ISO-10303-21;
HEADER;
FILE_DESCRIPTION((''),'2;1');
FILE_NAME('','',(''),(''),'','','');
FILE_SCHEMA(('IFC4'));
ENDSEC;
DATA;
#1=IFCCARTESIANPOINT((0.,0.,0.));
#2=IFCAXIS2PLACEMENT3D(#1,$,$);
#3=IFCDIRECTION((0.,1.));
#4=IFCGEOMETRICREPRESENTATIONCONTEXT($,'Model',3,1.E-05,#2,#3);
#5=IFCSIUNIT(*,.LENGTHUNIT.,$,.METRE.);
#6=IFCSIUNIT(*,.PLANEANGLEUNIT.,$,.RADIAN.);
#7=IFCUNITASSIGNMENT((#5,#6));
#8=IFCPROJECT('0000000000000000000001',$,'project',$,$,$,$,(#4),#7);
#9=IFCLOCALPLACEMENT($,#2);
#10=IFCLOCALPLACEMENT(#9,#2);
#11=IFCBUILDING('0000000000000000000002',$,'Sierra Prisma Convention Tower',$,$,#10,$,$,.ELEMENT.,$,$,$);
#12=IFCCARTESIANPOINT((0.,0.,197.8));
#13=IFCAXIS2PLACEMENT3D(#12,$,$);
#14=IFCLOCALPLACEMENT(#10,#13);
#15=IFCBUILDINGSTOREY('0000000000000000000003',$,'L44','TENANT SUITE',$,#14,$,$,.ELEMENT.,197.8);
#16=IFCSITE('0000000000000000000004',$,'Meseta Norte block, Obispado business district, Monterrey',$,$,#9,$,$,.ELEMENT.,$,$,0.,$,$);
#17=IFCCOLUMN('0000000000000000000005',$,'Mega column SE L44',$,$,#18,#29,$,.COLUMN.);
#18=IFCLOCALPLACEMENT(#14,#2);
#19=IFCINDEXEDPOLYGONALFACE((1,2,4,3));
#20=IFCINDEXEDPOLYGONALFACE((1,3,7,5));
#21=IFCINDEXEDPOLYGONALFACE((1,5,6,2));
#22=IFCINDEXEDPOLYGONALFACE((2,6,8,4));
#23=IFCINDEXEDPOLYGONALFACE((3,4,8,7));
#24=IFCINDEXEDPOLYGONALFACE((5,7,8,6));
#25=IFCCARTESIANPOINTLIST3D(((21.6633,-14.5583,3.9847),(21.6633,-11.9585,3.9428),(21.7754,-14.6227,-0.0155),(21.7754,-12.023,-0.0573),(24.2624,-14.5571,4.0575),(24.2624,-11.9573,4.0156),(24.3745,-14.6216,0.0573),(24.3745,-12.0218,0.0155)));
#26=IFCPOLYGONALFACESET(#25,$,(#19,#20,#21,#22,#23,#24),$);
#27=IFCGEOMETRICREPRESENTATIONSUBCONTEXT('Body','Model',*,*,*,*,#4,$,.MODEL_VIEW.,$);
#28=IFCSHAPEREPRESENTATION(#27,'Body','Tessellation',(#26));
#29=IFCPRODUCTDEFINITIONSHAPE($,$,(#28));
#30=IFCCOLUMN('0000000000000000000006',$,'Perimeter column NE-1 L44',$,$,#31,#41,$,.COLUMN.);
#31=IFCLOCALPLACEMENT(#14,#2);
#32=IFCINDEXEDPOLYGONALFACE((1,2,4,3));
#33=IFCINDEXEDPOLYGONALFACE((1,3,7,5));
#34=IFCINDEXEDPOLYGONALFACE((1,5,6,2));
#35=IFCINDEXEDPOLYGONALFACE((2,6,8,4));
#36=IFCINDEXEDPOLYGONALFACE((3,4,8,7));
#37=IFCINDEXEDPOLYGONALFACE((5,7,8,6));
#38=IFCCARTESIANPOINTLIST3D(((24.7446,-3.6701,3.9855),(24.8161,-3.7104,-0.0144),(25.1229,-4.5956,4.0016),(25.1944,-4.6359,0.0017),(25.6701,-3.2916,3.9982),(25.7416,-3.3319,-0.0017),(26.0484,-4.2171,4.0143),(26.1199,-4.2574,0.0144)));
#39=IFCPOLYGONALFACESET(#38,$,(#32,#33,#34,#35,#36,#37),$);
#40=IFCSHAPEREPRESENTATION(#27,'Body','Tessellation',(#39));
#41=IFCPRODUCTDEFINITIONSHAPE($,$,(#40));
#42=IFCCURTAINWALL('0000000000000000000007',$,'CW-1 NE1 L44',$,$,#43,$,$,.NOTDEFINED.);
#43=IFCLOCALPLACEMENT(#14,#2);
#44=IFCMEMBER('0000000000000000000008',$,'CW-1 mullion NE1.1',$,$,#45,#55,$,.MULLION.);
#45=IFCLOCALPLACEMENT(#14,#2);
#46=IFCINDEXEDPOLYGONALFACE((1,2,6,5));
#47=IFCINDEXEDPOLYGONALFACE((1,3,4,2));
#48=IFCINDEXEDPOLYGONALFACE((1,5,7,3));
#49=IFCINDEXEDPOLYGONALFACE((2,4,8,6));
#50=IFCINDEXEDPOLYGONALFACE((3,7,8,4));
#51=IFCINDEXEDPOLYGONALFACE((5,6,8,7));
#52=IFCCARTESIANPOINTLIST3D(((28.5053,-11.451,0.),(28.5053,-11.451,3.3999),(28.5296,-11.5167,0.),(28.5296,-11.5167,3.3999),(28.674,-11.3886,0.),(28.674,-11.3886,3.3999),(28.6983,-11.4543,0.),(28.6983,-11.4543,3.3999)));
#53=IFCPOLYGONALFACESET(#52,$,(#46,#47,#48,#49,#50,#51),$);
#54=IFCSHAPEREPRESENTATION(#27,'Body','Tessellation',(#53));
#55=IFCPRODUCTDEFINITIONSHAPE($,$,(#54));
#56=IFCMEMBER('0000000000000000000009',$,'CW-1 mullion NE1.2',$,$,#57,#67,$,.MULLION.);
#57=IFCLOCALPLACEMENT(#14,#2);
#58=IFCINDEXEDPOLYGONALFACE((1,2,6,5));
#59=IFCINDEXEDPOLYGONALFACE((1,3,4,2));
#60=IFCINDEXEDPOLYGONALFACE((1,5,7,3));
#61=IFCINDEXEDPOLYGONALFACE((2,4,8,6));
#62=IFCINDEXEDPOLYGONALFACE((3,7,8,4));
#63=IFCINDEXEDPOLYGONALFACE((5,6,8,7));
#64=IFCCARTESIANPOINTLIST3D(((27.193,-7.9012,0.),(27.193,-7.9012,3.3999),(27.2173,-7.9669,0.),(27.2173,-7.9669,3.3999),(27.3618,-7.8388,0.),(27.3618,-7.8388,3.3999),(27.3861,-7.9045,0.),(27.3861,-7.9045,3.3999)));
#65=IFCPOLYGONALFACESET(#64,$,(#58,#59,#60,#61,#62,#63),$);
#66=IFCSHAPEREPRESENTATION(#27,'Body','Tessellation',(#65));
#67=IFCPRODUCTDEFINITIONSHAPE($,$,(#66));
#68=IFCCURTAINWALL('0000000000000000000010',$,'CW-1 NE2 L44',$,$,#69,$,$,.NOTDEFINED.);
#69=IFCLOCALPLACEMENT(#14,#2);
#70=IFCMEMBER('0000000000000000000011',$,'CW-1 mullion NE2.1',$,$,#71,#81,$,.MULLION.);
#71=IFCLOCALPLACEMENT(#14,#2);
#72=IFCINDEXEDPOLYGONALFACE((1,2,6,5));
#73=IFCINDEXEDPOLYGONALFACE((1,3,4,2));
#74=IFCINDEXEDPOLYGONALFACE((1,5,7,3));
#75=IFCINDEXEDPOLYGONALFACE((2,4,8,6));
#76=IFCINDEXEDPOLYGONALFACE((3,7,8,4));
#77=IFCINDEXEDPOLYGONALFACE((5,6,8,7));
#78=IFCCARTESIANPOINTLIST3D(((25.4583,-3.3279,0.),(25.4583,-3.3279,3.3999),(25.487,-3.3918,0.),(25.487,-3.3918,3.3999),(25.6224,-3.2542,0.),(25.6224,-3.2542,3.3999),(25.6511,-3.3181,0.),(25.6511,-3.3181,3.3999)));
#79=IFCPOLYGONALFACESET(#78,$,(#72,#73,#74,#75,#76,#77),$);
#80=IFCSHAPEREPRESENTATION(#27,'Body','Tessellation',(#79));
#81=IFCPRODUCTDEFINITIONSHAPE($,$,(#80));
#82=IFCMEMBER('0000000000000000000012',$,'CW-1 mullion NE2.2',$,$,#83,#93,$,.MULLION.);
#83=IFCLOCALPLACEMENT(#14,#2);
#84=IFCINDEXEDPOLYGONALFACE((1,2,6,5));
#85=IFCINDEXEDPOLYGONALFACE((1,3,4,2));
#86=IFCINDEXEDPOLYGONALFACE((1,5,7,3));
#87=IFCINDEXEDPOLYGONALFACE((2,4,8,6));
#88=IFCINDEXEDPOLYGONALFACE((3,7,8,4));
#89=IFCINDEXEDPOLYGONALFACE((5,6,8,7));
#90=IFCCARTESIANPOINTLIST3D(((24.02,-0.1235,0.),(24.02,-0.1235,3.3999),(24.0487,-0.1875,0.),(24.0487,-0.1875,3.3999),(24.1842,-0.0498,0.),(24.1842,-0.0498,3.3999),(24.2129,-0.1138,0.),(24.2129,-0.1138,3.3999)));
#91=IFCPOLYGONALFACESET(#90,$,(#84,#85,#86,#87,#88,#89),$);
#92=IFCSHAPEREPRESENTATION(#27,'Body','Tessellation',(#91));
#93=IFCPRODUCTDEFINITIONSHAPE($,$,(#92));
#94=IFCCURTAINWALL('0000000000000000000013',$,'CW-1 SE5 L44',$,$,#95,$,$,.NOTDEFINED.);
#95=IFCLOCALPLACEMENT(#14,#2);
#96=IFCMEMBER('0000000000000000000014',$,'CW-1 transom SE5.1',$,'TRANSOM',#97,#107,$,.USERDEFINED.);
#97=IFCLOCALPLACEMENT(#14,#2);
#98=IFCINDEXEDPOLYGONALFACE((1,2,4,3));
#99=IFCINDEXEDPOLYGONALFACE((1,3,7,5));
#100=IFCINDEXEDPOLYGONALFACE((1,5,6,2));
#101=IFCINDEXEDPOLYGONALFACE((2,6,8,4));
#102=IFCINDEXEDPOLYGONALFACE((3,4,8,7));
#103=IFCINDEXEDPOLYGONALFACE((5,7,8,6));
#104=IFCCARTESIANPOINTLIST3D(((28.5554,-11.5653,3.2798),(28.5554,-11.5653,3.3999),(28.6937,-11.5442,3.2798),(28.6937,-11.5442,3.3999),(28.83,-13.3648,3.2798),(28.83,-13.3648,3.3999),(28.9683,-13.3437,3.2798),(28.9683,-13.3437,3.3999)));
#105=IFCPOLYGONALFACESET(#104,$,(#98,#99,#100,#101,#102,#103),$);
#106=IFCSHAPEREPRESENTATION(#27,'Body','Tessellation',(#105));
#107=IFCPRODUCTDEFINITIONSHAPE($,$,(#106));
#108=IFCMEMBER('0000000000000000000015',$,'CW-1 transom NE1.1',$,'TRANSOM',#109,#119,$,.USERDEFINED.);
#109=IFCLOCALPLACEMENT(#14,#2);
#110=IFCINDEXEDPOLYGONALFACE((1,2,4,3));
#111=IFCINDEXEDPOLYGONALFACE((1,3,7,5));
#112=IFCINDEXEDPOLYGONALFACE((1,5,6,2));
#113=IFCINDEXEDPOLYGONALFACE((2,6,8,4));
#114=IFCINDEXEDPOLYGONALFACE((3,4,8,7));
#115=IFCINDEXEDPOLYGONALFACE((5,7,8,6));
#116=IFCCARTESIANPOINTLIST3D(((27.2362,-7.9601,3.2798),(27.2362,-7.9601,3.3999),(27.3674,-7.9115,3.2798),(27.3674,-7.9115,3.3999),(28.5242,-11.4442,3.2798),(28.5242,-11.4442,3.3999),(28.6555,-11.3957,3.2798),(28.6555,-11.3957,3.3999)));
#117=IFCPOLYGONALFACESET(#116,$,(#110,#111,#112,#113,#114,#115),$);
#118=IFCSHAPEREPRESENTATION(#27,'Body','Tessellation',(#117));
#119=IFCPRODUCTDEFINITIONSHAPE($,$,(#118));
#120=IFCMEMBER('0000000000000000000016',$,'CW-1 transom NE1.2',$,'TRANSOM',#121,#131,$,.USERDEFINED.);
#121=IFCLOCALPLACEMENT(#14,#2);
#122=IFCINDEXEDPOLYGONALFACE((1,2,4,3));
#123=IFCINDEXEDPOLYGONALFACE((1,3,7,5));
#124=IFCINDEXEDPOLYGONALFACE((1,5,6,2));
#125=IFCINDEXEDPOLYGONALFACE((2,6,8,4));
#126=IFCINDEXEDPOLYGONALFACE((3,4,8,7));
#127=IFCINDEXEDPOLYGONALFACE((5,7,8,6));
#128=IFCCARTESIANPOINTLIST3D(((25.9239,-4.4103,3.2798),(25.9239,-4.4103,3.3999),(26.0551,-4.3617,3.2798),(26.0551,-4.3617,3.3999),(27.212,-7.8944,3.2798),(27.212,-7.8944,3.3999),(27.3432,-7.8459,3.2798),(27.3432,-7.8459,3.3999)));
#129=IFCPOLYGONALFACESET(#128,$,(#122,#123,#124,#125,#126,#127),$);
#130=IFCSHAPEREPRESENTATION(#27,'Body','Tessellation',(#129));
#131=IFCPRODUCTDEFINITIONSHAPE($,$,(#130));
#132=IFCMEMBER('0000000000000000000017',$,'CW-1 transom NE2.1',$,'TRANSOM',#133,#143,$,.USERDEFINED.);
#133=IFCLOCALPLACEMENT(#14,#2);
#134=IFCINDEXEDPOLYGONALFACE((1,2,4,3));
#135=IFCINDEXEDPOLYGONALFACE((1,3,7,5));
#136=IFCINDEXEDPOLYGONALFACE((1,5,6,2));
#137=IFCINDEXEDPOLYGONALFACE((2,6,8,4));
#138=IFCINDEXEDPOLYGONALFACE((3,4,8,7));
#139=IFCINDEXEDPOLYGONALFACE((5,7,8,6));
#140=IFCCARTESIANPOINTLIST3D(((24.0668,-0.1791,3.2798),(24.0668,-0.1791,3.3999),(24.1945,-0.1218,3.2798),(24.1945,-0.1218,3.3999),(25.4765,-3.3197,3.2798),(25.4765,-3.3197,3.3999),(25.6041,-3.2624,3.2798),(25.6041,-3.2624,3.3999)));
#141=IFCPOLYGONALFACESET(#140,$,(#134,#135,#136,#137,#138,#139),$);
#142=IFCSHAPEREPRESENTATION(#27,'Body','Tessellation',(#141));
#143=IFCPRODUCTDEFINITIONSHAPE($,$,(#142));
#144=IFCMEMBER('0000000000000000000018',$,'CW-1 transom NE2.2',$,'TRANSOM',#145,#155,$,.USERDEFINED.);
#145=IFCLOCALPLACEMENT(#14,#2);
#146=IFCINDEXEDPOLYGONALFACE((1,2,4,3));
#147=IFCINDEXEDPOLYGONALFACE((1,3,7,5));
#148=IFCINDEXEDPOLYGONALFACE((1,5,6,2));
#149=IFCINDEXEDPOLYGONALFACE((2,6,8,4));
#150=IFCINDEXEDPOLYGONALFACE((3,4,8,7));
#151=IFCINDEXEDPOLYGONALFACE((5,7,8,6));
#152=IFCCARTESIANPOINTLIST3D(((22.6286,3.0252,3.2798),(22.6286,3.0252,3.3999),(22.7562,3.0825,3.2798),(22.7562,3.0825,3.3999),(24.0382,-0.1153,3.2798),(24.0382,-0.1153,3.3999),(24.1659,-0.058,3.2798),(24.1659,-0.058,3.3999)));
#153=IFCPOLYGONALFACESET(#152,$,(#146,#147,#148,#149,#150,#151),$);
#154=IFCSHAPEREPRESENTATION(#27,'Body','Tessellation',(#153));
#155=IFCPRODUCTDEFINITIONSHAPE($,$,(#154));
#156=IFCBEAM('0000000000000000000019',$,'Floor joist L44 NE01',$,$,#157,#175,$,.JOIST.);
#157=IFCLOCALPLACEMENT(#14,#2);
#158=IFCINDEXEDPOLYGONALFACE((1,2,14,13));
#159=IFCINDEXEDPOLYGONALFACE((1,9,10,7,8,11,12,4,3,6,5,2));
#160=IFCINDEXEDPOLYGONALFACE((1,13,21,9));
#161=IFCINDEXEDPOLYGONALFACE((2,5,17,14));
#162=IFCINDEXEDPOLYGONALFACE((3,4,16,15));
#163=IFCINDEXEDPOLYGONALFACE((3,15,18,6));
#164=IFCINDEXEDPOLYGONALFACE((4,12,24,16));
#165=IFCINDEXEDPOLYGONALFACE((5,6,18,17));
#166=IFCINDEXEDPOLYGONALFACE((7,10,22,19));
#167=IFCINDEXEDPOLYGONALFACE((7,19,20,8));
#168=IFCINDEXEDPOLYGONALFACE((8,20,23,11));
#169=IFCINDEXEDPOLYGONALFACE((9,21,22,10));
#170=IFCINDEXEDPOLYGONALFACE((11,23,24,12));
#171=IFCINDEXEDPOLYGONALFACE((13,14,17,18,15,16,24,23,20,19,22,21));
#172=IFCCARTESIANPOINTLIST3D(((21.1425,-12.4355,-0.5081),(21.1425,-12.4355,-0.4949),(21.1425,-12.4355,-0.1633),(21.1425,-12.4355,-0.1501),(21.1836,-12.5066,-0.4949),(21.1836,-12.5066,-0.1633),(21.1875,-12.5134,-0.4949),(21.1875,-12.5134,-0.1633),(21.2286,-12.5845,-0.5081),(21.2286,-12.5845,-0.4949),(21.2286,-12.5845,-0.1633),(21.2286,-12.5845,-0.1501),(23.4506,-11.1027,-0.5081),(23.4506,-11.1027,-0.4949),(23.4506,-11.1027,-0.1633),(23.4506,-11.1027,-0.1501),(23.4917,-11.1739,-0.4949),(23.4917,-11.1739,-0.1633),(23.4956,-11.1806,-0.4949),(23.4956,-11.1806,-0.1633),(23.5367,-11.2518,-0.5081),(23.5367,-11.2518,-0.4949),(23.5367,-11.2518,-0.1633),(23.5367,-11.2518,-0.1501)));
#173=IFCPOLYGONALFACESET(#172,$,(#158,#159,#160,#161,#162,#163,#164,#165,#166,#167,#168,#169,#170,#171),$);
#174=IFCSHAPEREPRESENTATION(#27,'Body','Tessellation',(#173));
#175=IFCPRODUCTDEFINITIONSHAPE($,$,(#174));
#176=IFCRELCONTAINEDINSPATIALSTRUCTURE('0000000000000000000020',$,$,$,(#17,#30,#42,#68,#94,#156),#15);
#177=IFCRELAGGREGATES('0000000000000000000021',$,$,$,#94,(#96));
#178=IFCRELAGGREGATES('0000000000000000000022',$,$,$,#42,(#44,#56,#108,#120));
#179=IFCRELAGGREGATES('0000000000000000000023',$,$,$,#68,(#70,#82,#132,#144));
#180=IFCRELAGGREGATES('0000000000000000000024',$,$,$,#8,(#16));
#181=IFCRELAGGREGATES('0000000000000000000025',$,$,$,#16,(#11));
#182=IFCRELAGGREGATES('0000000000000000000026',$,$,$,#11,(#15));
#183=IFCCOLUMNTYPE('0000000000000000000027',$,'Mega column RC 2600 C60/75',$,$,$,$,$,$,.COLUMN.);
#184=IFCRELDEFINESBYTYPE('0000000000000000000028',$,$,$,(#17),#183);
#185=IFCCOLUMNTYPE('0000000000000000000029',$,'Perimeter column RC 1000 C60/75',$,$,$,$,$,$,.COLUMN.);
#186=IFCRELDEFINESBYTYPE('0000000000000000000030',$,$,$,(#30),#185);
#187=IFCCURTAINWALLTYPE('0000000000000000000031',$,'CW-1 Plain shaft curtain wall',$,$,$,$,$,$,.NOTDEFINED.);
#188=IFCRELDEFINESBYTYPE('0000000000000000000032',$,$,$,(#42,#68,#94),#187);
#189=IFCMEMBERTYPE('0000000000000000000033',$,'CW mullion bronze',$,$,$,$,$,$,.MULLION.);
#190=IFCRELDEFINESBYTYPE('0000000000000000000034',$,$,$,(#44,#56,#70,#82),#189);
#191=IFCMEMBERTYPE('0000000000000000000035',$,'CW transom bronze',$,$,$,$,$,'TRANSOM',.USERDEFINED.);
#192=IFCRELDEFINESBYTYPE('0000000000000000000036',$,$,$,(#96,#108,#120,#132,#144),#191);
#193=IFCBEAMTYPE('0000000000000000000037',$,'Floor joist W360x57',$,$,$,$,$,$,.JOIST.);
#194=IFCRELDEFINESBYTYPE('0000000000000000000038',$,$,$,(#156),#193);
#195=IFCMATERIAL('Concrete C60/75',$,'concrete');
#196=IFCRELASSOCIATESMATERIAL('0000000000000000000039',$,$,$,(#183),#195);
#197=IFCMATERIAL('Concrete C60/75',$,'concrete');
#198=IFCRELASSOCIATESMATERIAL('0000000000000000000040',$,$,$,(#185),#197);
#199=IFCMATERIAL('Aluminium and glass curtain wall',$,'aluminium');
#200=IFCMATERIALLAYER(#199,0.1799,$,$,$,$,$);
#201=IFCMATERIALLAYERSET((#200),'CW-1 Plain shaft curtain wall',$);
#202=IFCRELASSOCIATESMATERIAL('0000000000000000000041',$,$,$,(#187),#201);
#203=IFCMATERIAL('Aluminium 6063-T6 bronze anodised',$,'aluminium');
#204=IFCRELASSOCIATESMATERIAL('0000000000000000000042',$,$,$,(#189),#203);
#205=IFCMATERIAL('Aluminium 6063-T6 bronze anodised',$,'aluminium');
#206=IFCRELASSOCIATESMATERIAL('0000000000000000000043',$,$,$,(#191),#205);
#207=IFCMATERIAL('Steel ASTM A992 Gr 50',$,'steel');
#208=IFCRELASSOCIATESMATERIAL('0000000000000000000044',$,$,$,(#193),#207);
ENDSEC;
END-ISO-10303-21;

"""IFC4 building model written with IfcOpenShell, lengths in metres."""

from ifc_helpers import new_model, si_unit, direction, frame, origin, origin_2d, place, context, subcontext, project, spatial, rectangle, i_section, extrude, material, layer, layer_set, material_profile, profile_set, type_object, element, aggregate, save


model = new_model("IFC4")

# Units and contexts
model_context = context("Model", 3, precision=1e-05, world=origin(), true_north=direction((0.0, 1.0)))
body_context = subcontext(model_context, "Body", "Model", "MODEL_VIEW")
ifc_project = project(units=[si_unit("LENGTHUNIT", "METRE"), si_unit("PLANEANGLEUNIT", "RADIAN")], contexts=[model_context])

# Site, building, storey
site_placement = place(None, origin())
site = spatial("IfcSite", under=ifc_project, at=site_placement, Name="Meseta Norte block, Obispado business district, Monterrey", CompositionType="ELEMENT", RefElevation=0.0)
building_placement = place(site_placement, origin())
building = spatial("IfcBuilding", under=site, at=building_placement, Name="Sierra Prisma Convention Tower", CompositionType="ELEMENT")
storey_placement = place(building_placement, frame((0.0, 0.0, 197.8)))
storey = spatial("IfcBuildingStorey", under=building, at=storey_placement, Name="L44", Description="TENANT SUITE", CompositionType="ELEMENT", Elevation=197.8)

# Columns
ifc_material_1 = material(Name="Concrete C60/75", Category="concrete")
ifc_material_profile_1 = material_profile(ifc_material_1, rectangle(XDim=2.6001, YDim=2.6001, at=origin_2d()), Name="Mega column RC 2600 C60/75")
ifc_profile_set_1 = profile_set([ifc_material_profile_1], Name="Concrete C60/75")
column_type_1 = type_object("IfcColumnType", Name="Mega column RC 2600 C60/75", PredefinedType="COLUMN", material=ifc_profile_set_1)
column_1_placement = place(storey_placement, frame((23.075, -13.3223, 0.0), z_axis=(-0.028001, 0.016105, 0.999478), x_axis=(0.999608, 0.000451, 0.027997)))
element("IfcColumn", 1, at=column_1_placement, inside=storey, type_object=column_type_1, Name="Mega column SE L44", PredefinedType="COLUMN", context=body_context, shape_type="SweptSolid", body=[
    extrude(rectangle(XDim=2.6001, YDim=2.6001, at=origin_2d()), origin(), (0.0, 0.0, 1.0), 4.0022),
])
ifc_material_2 = material(Name="Concrete C60/75", Category="concrete")
ifc_material_profile_2 = material_profile(ifc_material_2, rectangle(XDim=1.0, YDim=1.0, at=origin_2d()), Name="Perimeter column RC 1000 C60/75")
ifc_profile_set_2 = profile_set([ifc_material_profile_2], Name="Concrete C60/75")
column_type_2 = type_object("IfcColumnType", Name="Perimeter column RC 1000 C60/75", PredefinedType="COLUMN", material=ifc_profile_set_2)
column_2_placement = place(storey_placement, frame((25.468, -3.9839, 0.0), z_axis=(-0.01788, 0.010069, 0.999789), x_axis=(-0.378278, 0.925552, -0.016086)))
element("IfcColumn", 2, at=column_2_placement, inside=storey, type_object=column_type_2, Name="Perimeter column NE-1 L44", PredefinedType="COLUMN", context=body_context, shape_type="SweptSolid", body=[
    extrude(rectangle(XDim=1.0, YDim=1.0, at=origin_2d()), origin(), (0.0, 0.0, 1.0), 4.0007),
])

# Curtain walls, members
ifc_material_3 = material(Name="Aluminium and glass curtain wall", Category="aluminium")
ifc_layer_1 = layer(ifc_material_3, 0.1799)
ifc_layer_set_1 = layer_set([ifc_layer_1], Name="CW-1 Plain shaft curtain wall")
curtain_wall_type = type_object("IfcCurtainWallType", Name="CW-1 Plain shaft curtain wall", PredefinedType="NOTDEFINED", material=ifc_layer_set_1)
curtain_wall_1_placement = place(storey_placement, origin())
curtain_wall_1 = element("IfcCurtainWall", 3, at=curtain_wall_1_placement, inside=storey, type_object=curtain_wall_type, Name="CW-1 NE1 L44", PredefinedType="NOTDEFINED")
ifc_material_4 = material(Name="Aluminium 6063-T6 bronze anodised", Category="aluminium")
ifc_material_profile_3 = material_profile(ifc_material_4, rectangle(XDim=0.1799, YDim=0.0701, at=origin_2d()), Name="ALU MULLION 70x180")
ifc_profile_set_3 = profile_set([ifc_material_profile_3], Name="Aluminium 6063-T6 bronze anodised")
member_type_1 = type_object("IfcMemberType", Name="CW mullion bronze", PredefinedType="MULLION", material=ifc_profile_set_3)
member_1_placement = place(storey_placement, frame((28.6018, -11.4526, 0.0), z_axis=(0.0, 0.0, 1.0), x_axis=(-0.937958, -0.346748, 0.0)))
member_1 = element("IfcMember", 4, at=member_1_placement, type_object=member_type_1, Name="CW-1 mullion NE1.1", PredefinedType="MULLION", context=body_context, shape_type="SweptSolid", body=[
    extrude(rectangle(XDim=0.1799, YDim=0.0701, at=origin_2d()), origin(), (0.0, 0.0, 1.0), 3.3999),
])
member_2_placement = place(storey_placement, frame((27.2896, -7.9028, 0.0), z_axis=(0.0, 0.0, 1.0), x_axis=(-0.937958, -0.346748, 0.0)))
member_2 = element("IfcMember", 5, at=member_2_placement, type_object=member_type_1, Name="CW-1 mullion NE1.2", PredefinedType="MULLION", context=body_context, shape_type="SweptSolid", body=[
    extrude(rectangle(XDim=0.1799, YDim=0.0701, at=origin_2d()), origin(), (0.0, 0.0, 1.0), 3.3999),
])
curtain_wall_2_placement = place(storey_placement, origin())
curtain_wall_2 = element("IfcCurtainWall", 6, at=curtain_wall_2_placement, inside=storey, type_object=curtain_wall_type, Name="CW-1 NE2 L44", PredefinedType="NOTDEFINED")
member_3_placement = place(storey_placement, frame((25.5547, -3.323, 0.0), z_axis=(0.0, 0.0, 1.0), x_axis=(-0.912312, -0.409495, 0.0)))
member_3 = element("IfcMember", 7, at=member_3_placement, type_object=member_type_1, Name="CW-1 mullion NE2.1", PredefinedType="MULLION", context=body_context, shape_type="SweptSolid", body=[
    extrude(rectangle(XDim=0.1799, YDim=0.0701, at=origin_2d()), origin(), (0.0, 0.0, 1.0), 3.3999),
])
member_4_placement = place(storey_placement, frame((24.1165, -0.1187, 0.0), z_axis=(0.0, 0.0, 1.0), x_axis=(-0.912312, -0.409495, 0.0)))
member_4 = element("IfcMember", 8, at=member_4_placement, type_object=member_type_1, Name="CW-1 mullion NE2.2", PredefinedType="MULLION", context=body_context, shape_type="SweptSolid", body=[
    extrude(rectangle(XDim=0.1799, YDim=0.0701, at=origin_2d()), origin(), (0.0, 0.0, 1.0), 3.3999),
])

# Curtain wall, member
curtain_wall_3_placement = place(storey_placement, origin())
curtain_wall_3 = element("IfcCurtainWall", 9, at=curtain_wall_3_placement, inside=storey, type_object=curtain_wall_type, Name="CW-1 SE5 L44", PredefinedType="NOTDEFINED")
ifc_material_5 = material(Name="Aluminium 6063-T6 bronze anodised", Category="aluminium")
ifc_material_profile_4 = material_profile(ifc_material_5, rectangle(XDim=0.1399, YDim=0.1201, at=origin_2d()), Name="ALU TRANSOM 120x140")
ifc_profile_set_4 = profile_set([ifc_material_profile_4], Name="Aluminium 6063-T6 bronze anodised")
member_type_2 = type_object("IfcMemberType", Name="CW transom bronze", ElementType="TRANSOM", PredefinedType="USERDEFINED", material=ifc_profile_set_4)
member_5_placement = place(storey_placement, frame((28.8992, -13.3542, 3.3398), z_axis=(-0.150878, 0.988552, 0.0), x_axis=(-0.988552, -0.150878, 0.0)))
member_5 = element("IfcMember", 10, at=member_5_placement, type_object=member_type_2, Name="CW-1 transom SE5.1", ObjectType="TRANSOM", PredefinedType="USERDEFINED", context=body_context, shape_type="SweptSolid", body=[
    extrude(rectangle(XDim=0.1399, YDim=0.1201, at=origin_2d()), origin(), (0.0, 0.0, 1.0), 1.8203),
])

# Members
member_6_placement = place(storey_placement, frame((28.5898, -11.4199, 3.3398), z_axis=(-0.346762, 0.937953, 0.0), x_axis=(-0.937953, -0.346762, 0.0)))
member_6 = element("IfcMember", 11, at=member_6_placement, type_object=member_type_2, Name="CW-1 transom NE1.1", ObjectType="TRANSOM", PredefinedType="USERDEFINED", context=body_context, shape_type="SweptSolid", body=[
    extrude(rectangle(XDim=0.1399, YDim=0.1201, at=origin_2d()), origin(), (0.0, 0.0, 1.0), 3.7146),
])
member_7_placement = place(storey_placement, frame((27.2776, -7.8701, 3.3398), z_axis=(-0.346762, 0.937953, 0.0), x_axis=(-0.937953, -0.346762, 0.0)))
member_7 = element("IfcMember", 12, at=member_7_placement, type_object=member_type_2, Name="CW-1 transom NE1.2", ObjectType="TRANSOM", PredefinedType="USERDEFINED", context=body_context, shape_type="SweptSolid", body=[
    extrude(rectangle(XDim=0.1399, YDim=0.1201, at=origin_2d()), origin(), (0.0, 0.0, 1.0), 3.7146),
])
member_8_placement = place(storey_placement, frame((25.5403, -3.291, 3.3398), z_axis=(-0.409492, 0.912314, 0.0), x_axis=(-0.912314, -0.409492, 0.0)))
member_8 = element("IfcMember", 13, at=member_8_placement, type_object=member_type_2, Name="CW-1 transom NE2.1", ObjectType="TRANSOM", PredefinedType="USERDEFINED", context=body_context, shape_type="SweptSolid", body=[
    extrude(rectangle(XDim=0.1399, YDim=0.1201, at=origin_2d()), origin(), (0.0, 0.0, 1.0), 3.4424),
])
member_9_placement = place(storey_placement, frame((24.1021, -0.0867, 3.3398), z_axis=(-0.409492, 0.912314, 0.0), x_axis=(-0.912314, -0.409492, 0.0)))
member_9 = element("IfcMember", 14, at=member_9_placement, type_object=member_type_2, Name="CW-1 transom NE2.2", ObjectType="TRANSOM", PredefinedType="USERDEFINED", context=body_context, shape_type="SweptSolid", body=[
    extrude(rectangle(XDim=0.1399, YDim=0.1201, at=origin_2d()), origin(), (0.0, 0.0, 1.0), 3.4424),
])

# Beam
ifc_material_6 = material(Name="Steel ASTM A992 Gr 50", Category="steel")
ifc_material_profile_5 = material_profile(ifc_material_6, i_section(OverallWidth=0.1721, OverallDepth=0.3579, WebThickness=0.0078, FlangeThickness=0.0132, at=origin_2d()), Name="W360x57")
ifc_profile_set_5 = profile_set([ifc_material_profile_5], Name="Steel ASTM A992 Gr 50")
beam_type_1 = type_object("IfcBeamType", Name="Floor joist W360x57", PredefinedType="JOIST", material=ifc_profile_set_5)
beam_1_placement = place(storey_placement, frame((23.4937, -11.1772, -0.3291), z_axis=(-0.865996, -0.50005, 0.0), x_axis=(0.50005, -0.865996, 0.0)))
element("IfcBeam", 15, at=beam_1_placement, inside=storey, type_object=beam_type_1, Name="Floor joist L44 NE01", PredefinedType="JOIST", context=body_context, shape_type="SweptSolid", body=[
    extrude(i_section(OverallWidth=0.1721, OverallDepth=0.3579, WebThickness=0.0078, FlangeThickness=0.0132, at=origin_2d()), origin(), (0.0, 0.0, 1.0), 2.6653),
])

aggregate(curtain_wall_3, [member_5])
aggregate(curtain_wall_1, [member_1, member_2, member_6, member_7])
aggregate(curtain_wall_2, [member_3, member_4, member_8, member_9])

save(model, "model.ifc")
